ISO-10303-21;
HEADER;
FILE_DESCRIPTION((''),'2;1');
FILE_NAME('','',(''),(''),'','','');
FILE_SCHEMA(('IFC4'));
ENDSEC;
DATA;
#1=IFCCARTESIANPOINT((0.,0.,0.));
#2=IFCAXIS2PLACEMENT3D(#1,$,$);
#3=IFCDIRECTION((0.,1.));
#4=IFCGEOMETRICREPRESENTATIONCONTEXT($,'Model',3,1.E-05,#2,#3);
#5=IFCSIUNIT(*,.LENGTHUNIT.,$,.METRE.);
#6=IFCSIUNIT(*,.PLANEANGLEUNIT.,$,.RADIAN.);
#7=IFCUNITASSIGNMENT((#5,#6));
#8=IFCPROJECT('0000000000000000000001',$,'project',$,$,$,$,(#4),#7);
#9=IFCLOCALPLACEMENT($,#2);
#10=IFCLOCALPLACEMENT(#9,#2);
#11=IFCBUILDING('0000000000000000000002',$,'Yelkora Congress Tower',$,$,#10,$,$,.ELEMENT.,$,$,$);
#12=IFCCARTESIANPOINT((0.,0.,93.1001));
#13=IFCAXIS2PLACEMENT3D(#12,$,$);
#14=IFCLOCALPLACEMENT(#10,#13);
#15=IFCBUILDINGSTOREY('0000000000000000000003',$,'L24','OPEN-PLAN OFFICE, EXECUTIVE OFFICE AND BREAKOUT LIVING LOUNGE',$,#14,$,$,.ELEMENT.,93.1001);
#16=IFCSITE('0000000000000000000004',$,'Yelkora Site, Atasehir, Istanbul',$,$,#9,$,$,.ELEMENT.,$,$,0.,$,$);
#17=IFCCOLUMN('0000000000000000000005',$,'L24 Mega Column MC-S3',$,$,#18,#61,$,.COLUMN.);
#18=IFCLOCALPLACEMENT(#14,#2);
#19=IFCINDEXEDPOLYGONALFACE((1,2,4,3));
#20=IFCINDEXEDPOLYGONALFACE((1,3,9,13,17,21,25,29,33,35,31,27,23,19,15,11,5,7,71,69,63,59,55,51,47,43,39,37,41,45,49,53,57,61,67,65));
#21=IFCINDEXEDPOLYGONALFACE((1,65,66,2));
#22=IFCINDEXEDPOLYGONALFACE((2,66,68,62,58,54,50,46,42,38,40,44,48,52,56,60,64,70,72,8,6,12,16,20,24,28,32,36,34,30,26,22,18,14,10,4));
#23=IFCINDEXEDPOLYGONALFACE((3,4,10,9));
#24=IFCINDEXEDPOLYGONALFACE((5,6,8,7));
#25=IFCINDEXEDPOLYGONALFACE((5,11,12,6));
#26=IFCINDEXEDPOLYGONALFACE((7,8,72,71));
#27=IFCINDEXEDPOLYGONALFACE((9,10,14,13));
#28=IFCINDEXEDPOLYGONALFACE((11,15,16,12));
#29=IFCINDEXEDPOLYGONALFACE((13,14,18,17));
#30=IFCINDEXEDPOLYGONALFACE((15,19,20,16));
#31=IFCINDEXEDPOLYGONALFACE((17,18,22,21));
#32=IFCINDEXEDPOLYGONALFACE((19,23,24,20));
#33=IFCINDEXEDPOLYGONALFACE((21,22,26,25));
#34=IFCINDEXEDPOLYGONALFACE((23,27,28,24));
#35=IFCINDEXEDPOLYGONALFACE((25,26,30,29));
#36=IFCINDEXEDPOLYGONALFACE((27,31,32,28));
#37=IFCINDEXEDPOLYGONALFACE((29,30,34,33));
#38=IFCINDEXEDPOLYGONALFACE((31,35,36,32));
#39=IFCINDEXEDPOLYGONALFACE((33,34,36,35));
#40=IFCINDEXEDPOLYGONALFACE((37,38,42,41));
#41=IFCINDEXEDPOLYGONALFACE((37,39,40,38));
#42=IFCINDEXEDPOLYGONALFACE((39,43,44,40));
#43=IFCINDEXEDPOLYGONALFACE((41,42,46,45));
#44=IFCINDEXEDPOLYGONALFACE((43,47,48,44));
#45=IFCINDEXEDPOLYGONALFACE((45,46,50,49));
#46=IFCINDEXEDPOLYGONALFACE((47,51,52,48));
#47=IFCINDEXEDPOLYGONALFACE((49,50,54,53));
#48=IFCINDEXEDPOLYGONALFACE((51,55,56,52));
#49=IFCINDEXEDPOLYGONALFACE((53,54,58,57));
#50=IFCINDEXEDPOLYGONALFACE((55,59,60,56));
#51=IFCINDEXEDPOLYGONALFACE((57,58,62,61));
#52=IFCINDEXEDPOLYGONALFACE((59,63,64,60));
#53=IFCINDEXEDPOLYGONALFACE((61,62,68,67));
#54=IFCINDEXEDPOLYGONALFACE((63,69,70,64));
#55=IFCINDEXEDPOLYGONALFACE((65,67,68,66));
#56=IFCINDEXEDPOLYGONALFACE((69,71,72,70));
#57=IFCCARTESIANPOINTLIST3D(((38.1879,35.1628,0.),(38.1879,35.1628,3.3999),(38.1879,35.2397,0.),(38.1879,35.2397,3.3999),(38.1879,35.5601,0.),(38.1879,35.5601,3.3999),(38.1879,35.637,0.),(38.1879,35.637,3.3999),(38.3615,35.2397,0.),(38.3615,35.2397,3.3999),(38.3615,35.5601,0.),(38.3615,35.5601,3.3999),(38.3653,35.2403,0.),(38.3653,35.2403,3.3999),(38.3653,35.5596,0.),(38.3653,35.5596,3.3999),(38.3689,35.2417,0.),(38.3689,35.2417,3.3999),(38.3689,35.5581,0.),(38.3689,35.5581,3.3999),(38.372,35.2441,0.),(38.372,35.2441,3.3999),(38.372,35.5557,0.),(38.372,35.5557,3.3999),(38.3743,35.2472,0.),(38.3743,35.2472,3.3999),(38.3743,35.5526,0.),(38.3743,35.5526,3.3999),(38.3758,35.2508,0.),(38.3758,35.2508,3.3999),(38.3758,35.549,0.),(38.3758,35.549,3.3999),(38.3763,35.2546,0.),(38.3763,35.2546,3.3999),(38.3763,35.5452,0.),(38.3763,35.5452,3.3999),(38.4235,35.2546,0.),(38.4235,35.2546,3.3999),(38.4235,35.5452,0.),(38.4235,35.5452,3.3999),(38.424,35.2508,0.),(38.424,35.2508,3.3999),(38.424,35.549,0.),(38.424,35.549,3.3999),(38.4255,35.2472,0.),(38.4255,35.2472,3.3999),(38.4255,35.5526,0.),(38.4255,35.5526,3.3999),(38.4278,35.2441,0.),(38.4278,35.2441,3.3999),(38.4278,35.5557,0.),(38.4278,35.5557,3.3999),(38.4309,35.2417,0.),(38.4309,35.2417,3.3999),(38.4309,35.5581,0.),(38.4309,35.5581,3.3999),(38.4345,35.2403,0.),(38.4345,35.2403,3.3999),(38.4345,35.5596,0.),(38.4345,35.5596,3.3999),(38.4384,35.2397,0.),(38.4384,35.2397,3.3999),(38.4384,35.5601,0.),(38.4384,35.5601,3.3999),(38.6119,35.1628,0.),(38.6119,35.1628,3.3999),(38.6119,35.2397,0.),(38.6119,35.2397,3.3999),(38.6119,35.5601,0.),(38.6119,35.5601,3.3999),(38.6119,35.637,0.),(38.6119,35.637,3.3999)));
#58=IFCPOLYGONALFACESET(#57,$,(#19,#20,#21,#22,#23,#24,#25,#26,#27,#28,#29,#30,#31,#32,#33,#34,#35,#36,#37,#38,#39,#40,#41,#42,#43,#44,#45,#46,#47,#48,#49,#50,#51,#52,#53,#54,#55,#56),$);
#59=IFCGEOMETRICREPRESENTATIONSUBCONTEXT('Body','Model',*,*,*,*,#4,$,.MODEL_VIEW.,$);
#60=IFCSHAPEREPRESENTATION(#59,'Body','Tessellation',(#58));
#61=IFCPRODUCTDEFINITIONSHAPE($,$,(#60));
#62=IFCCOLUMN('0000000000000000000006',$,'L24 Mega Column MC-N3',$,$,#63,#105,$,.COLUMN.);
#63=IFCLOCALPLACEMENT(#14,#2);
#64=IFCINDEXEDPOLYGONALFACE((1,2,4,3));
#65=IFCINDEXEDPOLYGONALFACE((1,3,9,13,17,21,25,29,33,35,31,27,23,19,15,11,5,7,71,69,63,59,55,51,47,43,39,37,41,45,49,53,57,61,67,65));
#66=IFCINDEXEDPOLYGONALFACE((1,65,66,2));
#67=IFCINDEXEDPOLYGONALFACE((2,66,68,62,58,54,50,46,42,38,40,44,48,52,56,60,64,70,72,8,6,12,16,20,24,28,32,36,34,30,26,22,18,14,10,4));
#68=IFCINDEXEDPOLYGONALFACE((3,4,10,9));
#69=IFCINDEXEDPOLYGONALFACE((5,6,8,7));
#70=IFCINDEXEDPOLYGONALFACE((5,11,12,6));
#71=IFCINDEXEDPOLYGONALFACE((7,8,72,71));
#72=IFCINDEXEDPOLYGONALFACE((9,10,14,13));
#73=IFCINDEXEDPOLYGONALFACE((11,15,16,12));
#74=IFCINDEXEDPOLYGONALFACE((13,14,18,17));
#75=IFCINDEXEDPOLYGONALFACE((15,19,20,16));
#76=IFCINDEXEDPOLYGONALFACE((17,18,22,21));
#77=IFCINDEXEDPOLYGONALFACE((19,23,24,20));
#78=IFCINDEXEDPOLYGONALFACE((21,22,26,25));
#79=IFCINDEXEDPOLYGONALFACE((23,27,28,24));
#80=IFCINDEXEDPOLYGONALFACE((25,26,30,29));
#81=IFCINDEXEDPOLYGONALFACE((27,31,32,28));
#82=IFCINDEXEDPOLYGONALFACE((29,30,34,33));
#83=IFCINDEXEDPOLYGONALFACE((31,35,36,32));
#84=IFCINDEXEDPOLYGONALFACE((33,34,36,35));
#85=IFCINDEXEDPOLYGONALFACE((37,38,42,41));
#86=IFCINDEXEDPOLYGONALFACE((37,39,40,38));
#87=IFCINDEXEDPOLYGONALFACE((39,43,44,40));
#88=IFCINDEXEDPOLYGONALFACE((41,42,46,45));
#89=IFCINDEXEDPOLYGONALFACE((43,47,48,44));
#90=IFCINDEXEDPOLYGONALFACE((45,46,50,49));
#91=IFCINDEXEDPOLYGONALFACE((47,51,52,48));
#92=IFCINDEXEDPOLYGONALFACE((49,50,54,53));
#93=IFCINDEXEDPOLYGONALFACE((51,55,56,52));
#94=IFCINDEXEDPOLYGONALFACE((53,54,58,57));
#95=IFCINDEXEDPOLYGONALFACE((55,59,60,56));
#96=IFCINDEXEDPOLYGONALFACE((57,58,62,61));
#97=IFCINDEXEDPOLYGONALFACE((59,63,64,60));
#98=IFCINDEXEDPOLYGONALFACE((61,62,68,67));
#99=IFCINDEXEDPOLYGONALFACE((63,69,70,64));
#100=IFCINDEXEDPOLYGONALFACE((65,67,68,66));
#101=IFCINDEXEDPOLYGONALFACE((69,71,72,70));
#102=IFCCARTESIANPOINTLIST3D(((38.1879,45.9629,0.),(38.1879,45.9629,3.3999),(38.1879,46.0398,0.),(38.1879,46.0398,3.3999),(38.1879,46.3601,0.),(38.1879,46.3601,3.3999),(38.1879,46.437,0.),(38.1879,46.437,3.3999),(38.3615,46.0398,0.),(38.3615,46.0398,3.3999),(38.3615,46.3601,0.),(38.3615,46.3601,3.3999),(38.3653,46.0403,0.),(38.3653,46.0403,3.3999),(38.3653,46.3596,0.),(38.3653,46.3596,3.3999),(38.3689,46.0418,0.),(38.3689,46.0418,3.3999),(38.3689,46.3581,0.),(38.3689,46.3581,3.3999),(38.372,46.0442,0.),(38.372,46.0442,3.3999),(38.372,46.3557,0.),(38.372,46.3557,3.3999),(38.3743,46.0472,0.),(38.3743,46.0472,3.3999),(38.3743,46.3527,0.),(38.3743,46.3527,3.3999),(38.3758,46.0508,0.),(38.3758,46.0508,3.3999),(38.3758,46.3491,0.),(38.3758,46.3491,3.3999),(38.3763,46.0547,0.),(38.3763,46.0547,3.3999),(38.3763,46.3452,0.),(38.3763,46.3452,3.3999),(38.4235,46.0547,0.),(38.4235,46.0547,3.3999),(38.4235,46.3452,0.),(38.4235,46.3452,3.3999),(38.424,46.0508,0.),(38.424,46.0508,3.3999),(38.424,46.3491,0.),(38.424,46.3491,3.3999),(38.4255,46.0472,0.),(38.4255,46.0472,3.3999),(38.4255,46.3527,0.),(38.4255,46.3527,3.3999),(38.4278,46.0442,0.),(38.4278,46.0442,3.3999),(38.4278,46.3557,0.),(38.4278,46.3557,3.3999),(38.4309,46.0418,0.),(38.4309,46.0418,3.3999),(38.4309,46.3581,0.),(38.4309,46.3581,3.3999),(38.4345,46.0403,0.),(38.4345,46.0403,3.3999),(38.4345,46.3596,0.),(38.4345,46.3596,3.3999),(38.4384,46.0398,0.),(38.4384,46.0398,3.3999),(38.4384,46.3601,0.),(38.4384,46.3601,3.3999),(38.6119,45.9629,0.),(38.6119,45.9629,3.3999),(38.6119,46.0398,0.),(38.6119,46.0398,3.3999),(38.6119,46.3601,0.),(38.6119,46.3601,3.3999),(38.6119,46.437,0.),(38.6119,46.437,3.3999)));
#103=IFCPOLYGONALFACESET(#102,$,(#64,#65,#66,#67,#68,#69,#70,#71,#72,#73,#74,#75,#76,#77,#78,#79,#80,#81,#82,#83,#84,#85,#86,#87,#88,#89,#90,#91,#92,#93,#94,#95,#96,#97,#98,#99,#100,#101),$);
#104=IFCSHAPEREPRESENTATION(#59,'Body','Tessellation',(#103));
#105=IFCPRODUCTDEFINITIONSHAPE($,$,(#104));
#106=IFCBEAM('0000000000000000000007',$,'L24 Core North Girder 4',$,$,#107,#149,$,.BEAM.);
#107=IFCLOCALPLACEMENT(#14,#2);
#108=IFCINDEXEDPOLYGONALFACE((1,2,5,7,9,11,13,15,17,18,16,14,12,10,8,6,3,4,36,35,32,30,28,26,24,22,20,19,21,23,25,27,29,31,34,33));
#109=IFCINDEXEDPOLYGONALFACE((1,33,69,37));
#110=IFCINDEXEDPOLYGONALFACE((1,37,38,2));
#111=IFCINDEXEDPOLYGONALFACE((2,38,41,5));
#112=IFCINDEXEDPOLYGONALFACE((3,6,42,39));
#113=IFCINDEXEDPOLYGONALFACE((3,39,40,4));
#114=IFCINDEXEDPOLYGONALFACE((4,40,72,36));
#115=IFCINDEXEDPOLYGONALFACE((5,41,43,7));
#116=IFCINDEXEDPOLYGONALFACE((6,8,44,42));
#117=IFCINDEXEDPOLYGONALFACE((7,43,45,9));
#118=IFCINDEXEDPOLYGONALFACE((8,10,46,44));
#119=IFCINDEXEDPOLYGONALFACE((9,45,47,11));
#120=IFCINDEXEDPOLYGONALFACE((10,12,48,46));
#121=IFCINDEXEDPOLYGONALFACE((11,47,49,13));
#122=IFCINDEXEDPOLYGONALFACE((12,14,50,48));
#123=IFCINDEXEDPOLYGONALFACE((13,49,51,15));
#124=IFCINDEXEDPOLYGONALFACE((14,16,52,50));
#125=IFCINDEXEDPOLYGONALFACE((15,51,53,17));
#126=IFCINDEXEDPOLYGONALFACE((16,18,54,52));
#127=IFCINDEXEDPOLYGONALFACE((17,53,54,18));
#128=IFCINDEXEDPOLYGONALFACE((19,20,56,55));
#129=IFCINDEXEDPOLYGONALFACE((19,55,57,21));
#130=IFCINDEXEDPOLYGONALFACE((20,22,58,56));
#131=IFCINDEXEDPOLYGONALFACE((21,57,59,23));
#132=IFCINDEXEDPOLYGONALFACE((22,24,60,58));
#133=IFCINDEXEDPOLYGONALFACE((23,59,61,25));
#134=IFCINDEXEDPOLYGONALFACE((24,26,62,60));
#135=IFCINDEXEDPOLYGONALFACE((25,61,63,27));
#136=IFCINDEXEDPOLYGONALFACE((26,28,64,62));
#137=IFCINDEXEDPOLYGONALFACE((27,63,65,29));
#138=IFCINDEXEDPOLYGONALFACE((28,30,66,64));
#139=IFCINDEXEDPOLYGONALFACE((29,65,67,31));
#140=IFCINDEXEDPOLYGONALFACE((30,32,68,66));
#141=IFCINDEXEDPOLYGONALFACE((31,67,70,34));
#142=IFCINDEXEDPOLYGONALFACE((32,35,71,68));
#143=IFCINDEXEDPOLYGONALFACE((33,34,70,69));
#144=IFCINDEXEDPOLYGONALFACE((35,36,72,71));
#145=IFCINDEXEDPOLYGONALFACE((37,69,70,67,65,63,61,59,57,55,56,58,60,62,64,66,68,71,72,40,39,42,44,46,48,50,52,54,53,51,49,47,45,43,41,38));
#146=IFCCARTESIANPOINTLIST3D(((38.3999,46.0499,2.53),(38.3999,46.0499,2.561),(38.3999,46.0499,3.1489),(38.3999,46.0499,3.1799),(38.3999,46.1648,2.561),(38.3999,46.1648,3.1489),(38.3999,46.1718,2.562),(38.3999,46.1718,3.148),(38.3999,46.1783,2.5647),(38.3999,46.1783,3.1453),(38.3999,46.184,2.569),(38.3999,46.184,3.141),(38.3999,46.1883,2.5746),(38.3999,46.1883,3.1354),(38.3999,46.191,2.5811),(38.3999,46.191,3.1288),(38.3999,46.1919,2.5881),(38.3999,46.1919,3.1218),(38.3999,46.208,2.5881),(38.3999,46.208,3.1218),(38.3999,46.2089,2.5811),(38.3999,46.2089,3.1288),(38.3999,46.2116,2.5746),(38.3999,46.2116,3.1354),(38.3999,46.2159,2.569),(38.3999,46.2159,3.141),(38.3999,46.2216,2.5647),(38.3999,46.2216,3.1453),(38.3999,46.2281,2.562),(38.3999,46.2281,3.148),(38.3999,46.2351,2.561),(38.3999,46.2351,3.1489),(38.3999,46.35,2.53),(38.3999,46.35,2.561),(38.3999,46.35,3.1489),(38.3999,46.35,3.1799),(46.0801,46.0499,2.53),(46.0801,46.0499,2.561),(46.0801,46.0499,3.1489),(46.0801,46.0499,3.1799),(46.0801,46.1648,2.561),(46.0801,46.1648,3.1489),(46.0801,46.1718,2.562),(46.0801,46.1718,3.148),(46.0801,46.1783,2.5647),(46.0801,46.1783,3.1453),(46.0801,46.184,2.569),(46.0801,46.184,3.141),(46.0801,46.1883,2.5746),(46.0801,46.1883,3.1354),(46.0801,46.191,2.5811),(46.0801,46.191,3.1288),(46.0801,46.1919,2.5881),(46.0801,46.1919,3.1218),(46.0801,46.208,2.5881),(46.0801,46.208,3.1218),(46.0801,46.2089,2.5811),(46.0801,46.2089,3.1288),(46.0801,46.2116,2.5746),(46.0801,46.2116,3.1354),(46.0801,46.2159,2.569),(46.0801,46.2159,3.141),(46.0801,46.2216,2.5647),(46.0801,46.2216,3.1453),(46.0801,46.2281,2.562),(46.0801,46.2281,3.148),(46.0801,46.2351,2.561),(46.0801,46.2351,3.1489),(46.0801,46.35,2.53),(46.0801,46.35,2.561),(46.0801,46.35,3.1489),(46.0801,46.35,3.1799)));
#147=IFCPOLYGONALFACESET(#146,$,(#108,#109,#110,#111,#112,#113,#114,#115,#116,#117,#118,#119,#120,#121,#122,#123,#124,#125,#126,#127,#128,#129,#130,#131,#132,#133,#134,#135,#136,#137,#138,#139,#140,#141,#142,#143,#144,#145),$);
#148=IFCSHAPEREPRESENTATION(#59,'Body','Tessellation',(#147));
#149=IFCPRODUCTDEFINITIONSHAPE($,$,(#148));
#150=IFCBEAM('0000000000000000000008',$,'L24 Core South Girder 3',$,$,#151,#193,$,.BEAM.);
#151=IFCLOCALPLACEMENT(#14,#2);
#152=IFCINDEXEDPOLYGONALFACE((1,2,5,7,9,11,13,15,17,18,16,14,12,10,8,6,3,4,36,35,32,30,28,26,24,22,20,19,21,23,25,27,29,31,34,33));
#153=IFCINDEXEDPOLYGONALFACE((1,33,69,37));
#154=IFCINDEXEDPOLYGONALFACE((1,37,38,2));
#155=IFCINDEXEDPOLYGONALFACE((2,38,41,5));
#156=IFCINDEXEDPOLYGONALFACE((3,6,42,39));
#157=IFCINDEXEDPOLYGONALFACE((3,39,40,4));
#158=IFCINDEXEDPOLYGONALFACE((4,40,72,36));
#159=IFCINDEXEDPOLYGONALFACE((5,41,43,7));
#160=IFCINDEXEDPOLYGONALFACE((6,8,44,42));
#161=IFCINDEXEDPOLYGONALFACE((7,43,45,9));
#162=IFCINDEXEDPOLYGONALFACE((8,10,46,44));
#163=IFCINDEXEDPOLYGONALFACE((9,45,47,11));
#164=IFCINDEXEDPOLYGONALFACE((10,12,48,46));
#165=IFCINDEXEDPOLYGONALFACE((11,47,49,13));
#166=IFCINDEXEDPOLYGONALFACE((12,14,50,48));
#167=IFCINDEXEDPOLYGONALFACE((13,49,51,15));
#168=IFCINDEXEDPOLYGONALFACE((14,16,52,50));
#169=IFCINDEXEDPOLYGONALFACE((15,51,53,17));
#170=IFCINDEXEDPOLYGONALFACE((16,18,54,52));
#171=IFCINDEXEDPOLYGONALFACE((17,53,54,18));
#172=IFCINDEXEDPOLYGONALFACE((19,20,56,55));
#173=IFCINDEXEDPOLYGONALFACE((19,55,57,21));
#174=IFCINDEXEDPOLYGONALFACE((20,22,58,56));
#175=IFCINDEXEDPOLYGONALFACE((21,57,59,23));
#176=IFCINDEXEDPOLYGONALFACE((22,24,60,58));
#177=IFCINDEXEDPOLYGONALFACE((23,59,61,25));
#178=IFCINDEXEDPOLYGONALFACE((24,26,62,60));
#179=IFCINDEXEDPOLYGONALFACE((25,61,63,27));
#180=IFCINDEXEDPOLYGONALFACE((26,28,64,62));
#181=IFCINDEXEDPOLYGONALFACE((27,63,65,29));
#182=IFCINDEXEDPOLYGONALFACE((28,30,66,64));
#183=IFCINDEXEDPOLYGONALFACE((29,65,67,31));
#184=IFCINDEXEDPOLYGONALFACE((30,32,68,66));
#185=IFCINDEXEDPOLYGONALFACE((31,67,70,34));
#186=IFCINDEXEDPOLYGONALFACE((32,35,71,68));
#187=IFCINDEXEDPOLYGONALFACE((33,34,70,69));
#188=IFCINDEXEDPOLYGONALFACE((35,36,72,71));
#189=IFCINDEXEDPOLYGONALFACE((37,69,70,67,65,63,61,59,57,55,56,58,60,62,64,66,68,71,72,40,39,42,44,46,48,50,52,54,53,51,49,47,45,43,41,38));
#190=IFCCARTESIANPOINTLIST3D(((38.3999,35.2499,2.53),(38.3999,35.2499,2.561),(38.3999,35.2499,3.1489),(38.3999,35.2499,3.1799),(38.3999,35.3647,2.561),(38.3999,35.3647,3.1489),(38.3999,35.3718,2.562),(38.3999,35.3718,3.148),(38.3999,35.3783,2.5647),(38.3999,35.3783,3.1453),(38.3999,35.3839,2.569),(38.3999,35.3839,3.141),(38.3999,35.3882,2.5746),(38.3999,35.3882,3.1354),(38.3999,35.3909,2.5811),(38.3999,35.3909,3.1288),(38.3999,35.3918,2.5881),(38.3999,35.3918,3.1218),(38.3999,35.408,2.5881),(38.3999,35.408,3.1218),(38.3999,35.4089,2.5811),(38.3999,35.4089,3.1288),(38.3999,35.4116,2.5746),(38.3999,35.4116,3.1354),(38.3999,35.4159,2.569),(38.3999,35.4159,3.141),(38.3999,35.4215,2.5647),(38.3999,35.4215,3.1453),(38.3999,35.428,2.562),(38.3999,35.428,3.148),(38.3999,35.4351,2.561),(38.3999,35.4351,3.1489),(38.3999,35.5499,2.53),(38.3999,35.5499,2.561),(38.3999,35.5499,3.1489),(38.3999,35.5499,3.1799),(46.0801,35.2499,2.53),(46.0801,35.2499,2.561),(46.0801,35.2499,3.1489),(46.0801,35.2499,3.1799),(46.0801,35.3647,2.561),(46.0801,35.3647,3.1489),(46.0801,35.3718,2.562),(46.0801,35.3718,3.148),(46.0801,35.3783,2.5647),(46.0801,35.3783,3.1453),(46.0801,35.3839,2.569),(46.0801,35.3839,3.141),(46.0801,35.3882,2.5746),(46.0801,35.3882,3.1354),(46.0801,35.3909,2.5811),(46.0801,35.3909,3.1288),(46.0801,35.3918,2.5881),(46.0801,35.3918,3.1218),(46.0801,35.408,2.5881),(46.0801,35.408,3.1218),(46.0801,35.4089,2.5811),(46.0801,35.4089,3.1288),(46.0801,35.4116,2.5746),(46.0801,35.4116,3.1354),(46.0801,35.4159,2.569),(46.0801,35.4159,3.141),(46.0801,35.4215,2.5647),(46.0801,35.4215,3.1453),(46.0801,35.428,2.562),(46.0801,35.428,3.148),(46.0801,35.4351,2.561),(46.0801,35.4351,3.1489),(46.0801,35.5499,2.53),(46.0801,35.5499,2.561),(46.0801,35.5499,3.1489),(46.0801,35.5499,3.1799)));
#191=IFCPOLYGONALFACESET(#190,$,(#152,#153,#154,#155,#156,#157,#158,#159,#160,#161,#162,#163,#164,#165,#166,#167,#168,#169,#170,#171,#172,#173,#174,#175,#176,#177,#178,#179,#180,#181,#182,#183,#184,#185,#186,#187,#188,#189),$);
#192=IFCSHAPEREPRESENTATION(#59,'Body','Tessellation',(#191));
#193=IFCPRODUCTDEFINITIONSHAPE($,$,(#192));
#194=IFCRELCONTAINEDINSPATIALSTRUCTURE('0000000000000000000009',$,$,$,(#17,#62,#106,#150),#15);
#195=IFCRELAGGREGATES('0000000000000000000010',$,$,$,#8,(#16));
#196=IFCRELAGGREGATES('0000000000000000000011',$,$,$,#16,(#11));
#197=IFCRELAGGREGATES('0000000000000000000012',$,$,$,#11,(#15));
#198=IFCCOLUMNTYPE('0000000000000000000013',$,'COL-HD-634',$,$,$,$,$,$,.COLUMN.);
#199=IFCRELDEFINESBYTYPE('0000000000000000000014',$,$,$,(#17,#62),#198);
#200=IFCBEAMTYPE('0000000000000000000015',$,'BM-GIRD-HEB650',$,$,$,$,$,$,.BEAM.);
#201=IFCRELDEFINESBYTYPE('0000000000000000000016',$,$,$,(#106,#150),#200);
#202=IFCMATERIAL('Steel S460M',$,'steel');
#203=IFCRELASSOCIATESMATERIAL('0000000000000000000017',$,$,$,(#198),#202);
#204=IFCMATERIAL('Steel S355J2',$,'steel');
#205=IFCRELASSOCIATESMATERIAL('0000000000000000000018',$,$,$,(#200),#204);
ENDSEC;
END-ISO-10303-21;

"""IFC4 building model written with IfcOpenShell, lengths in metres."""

from ifc_helpers import new_model, si_unit, direction, frame, origin, origin_2d, place, context, subcontext, project, spatial, i_section, extrude, material, material_profile, profile_set, type_object, element, save


model = new_model("IFC4")

# Units and contexts
model_context = context("Model", 3, precision=1e-05, world=origin(), true_north=direction((0.0, 1.0)))
body_context = subcontext(model_context, "Body", "Model", "MODEL_VIEW")
ifc_project = project(units=[si_unit("LENGTHUNIT", "METRE"), si_unit("PLANEANGLEUNIT", "RADIAN")], contexts=[model_context])

# Site, building, storey
site_placement = place(None, origin())
site = spatial("IfcSite", under=ifc_project, at=site_placement, Name="Yelkora Site, Atasehir, Istanbul", CompositionType="ELEMENT", RefElevation=0.0)
building_placement = place(site_placement, origin())
building = spatial("IfcBuilding", under=site, at=building_placement, Name="Yelkora Congress Tower", CompositionType="ELEMENT")
storey_placement = place(building_placement, frame((0.0, 0.0, 93.1001)))
storey = spatial("IfcBuildingStorey", under=building, at=storey_placement, Name="L24", Description="OPEN-PLAN OFFICE, EXECUTIVE OFFICE AND BREAKOUT LIVING LOUNGE", CompositionType="ELEMENT", Elevation=93.1001)

# Columns
ifc_material_1 = material(Name="Steel S460M", Category="steel")
ifc_material_profile_1 = material_profile(ifc_material_1, i_section(OverallWidth=0.4241, OverallDepth=0.4741, WebThickness=0.0471, FlangeThickness=0.0769, FilletRadius=0.0149, at=origin_2d()), Name="HD 400x634")
ifc_profile_set_1 = profile_set([ifc_material_profile_1], Name="Steel S460M")
column_type = type_object("IfcColumnType", Name="COL-HD-634", PredefinedType="COLUMN", material=ifc_profile_set_1)
for number, where, z_axis, x_axis, name in (
    (1, (38.3999, 35.3999, 0.0), (0.0, 0.0, 1.0), (1.0, 0.0, 0.0), "L24 Mega Column MC-S3"),
    (2, (38.3999, 46.2, 0.0), (0.0, 0.0, 1.0), (1.0, 0.0, 0.0), "L24 Mega Column MC-N3"),
):
    element("IfcColumn", number, at=place(storey_placement, frame(where, z_axis=z_axis, x_axis=x_axis)), inside=storey, type_object=column_type, Name=name, PredefinedType="COLUMN", context=body_context, shape_type="SweptSolid", body=[
        extrude(i_section(OverallWidth=0.4241, OverallDepth=0.4741, WebThickness=0.0471, FlangeThickness=0.0769, FilletRadius=0.0149, at=origin_2d()), origin(), (0.0, 0.0, 1.0), 3.3999),
    ])

# Beams
ifc_material_2 = material(Name="Steel S355J2", Category="steel")
ifc_material_profile_2 = material_profile(ifc_material_2, i_section(OverallWidth=0.3, OverallDepth=0.6499, WebThickness=0.0161, FlangeThickness=0.031, FilletRadius=0.0271, at=origin_2d()), Name="HEB 650")
ifc_profile_set_2 = profile_set([ifc_material_profile_2], Name="Steel S355J2")
beam_type = type_object("IfcBeamType", Name="BM-GIRD-HEB650", PredefinedType="BEAM", material=ifc_profile_set_2)
for number, where, z_axis, x_axis, name in (
    (3, (38.3999, 46.2, 2.855), (1.0, 0.0, 0.0), (0.0, 1.0, 0.0), "L24 Core North Girder 4"),
    (4, (38.3999, 35.3999, 2.855), (1.0, 0.0, 0.0), (0.0, 1.0, 0.0), "L24 Core South Girder 3"),
):
    element("IfcBeam", number, at=place(storey_placement, frame(where, z_axis=z_axis, x_axis=x_axis)), inside=storey, type_object=beam_type, Name=name, PredefinedType="BEAM", context=body_context, shape_type="SweptSolid", body=[
        extrude(i_section(OverallWidth=0.3, OverallDepth=0.6499, WebThickness=0.0161, FlangeThickness=0.031, FilletRadius=0.0271, at=origin_2d()), origin(), (0.0, 0.0, 1.0), 7.6802),
    ])

save(model, "model.ifc")
